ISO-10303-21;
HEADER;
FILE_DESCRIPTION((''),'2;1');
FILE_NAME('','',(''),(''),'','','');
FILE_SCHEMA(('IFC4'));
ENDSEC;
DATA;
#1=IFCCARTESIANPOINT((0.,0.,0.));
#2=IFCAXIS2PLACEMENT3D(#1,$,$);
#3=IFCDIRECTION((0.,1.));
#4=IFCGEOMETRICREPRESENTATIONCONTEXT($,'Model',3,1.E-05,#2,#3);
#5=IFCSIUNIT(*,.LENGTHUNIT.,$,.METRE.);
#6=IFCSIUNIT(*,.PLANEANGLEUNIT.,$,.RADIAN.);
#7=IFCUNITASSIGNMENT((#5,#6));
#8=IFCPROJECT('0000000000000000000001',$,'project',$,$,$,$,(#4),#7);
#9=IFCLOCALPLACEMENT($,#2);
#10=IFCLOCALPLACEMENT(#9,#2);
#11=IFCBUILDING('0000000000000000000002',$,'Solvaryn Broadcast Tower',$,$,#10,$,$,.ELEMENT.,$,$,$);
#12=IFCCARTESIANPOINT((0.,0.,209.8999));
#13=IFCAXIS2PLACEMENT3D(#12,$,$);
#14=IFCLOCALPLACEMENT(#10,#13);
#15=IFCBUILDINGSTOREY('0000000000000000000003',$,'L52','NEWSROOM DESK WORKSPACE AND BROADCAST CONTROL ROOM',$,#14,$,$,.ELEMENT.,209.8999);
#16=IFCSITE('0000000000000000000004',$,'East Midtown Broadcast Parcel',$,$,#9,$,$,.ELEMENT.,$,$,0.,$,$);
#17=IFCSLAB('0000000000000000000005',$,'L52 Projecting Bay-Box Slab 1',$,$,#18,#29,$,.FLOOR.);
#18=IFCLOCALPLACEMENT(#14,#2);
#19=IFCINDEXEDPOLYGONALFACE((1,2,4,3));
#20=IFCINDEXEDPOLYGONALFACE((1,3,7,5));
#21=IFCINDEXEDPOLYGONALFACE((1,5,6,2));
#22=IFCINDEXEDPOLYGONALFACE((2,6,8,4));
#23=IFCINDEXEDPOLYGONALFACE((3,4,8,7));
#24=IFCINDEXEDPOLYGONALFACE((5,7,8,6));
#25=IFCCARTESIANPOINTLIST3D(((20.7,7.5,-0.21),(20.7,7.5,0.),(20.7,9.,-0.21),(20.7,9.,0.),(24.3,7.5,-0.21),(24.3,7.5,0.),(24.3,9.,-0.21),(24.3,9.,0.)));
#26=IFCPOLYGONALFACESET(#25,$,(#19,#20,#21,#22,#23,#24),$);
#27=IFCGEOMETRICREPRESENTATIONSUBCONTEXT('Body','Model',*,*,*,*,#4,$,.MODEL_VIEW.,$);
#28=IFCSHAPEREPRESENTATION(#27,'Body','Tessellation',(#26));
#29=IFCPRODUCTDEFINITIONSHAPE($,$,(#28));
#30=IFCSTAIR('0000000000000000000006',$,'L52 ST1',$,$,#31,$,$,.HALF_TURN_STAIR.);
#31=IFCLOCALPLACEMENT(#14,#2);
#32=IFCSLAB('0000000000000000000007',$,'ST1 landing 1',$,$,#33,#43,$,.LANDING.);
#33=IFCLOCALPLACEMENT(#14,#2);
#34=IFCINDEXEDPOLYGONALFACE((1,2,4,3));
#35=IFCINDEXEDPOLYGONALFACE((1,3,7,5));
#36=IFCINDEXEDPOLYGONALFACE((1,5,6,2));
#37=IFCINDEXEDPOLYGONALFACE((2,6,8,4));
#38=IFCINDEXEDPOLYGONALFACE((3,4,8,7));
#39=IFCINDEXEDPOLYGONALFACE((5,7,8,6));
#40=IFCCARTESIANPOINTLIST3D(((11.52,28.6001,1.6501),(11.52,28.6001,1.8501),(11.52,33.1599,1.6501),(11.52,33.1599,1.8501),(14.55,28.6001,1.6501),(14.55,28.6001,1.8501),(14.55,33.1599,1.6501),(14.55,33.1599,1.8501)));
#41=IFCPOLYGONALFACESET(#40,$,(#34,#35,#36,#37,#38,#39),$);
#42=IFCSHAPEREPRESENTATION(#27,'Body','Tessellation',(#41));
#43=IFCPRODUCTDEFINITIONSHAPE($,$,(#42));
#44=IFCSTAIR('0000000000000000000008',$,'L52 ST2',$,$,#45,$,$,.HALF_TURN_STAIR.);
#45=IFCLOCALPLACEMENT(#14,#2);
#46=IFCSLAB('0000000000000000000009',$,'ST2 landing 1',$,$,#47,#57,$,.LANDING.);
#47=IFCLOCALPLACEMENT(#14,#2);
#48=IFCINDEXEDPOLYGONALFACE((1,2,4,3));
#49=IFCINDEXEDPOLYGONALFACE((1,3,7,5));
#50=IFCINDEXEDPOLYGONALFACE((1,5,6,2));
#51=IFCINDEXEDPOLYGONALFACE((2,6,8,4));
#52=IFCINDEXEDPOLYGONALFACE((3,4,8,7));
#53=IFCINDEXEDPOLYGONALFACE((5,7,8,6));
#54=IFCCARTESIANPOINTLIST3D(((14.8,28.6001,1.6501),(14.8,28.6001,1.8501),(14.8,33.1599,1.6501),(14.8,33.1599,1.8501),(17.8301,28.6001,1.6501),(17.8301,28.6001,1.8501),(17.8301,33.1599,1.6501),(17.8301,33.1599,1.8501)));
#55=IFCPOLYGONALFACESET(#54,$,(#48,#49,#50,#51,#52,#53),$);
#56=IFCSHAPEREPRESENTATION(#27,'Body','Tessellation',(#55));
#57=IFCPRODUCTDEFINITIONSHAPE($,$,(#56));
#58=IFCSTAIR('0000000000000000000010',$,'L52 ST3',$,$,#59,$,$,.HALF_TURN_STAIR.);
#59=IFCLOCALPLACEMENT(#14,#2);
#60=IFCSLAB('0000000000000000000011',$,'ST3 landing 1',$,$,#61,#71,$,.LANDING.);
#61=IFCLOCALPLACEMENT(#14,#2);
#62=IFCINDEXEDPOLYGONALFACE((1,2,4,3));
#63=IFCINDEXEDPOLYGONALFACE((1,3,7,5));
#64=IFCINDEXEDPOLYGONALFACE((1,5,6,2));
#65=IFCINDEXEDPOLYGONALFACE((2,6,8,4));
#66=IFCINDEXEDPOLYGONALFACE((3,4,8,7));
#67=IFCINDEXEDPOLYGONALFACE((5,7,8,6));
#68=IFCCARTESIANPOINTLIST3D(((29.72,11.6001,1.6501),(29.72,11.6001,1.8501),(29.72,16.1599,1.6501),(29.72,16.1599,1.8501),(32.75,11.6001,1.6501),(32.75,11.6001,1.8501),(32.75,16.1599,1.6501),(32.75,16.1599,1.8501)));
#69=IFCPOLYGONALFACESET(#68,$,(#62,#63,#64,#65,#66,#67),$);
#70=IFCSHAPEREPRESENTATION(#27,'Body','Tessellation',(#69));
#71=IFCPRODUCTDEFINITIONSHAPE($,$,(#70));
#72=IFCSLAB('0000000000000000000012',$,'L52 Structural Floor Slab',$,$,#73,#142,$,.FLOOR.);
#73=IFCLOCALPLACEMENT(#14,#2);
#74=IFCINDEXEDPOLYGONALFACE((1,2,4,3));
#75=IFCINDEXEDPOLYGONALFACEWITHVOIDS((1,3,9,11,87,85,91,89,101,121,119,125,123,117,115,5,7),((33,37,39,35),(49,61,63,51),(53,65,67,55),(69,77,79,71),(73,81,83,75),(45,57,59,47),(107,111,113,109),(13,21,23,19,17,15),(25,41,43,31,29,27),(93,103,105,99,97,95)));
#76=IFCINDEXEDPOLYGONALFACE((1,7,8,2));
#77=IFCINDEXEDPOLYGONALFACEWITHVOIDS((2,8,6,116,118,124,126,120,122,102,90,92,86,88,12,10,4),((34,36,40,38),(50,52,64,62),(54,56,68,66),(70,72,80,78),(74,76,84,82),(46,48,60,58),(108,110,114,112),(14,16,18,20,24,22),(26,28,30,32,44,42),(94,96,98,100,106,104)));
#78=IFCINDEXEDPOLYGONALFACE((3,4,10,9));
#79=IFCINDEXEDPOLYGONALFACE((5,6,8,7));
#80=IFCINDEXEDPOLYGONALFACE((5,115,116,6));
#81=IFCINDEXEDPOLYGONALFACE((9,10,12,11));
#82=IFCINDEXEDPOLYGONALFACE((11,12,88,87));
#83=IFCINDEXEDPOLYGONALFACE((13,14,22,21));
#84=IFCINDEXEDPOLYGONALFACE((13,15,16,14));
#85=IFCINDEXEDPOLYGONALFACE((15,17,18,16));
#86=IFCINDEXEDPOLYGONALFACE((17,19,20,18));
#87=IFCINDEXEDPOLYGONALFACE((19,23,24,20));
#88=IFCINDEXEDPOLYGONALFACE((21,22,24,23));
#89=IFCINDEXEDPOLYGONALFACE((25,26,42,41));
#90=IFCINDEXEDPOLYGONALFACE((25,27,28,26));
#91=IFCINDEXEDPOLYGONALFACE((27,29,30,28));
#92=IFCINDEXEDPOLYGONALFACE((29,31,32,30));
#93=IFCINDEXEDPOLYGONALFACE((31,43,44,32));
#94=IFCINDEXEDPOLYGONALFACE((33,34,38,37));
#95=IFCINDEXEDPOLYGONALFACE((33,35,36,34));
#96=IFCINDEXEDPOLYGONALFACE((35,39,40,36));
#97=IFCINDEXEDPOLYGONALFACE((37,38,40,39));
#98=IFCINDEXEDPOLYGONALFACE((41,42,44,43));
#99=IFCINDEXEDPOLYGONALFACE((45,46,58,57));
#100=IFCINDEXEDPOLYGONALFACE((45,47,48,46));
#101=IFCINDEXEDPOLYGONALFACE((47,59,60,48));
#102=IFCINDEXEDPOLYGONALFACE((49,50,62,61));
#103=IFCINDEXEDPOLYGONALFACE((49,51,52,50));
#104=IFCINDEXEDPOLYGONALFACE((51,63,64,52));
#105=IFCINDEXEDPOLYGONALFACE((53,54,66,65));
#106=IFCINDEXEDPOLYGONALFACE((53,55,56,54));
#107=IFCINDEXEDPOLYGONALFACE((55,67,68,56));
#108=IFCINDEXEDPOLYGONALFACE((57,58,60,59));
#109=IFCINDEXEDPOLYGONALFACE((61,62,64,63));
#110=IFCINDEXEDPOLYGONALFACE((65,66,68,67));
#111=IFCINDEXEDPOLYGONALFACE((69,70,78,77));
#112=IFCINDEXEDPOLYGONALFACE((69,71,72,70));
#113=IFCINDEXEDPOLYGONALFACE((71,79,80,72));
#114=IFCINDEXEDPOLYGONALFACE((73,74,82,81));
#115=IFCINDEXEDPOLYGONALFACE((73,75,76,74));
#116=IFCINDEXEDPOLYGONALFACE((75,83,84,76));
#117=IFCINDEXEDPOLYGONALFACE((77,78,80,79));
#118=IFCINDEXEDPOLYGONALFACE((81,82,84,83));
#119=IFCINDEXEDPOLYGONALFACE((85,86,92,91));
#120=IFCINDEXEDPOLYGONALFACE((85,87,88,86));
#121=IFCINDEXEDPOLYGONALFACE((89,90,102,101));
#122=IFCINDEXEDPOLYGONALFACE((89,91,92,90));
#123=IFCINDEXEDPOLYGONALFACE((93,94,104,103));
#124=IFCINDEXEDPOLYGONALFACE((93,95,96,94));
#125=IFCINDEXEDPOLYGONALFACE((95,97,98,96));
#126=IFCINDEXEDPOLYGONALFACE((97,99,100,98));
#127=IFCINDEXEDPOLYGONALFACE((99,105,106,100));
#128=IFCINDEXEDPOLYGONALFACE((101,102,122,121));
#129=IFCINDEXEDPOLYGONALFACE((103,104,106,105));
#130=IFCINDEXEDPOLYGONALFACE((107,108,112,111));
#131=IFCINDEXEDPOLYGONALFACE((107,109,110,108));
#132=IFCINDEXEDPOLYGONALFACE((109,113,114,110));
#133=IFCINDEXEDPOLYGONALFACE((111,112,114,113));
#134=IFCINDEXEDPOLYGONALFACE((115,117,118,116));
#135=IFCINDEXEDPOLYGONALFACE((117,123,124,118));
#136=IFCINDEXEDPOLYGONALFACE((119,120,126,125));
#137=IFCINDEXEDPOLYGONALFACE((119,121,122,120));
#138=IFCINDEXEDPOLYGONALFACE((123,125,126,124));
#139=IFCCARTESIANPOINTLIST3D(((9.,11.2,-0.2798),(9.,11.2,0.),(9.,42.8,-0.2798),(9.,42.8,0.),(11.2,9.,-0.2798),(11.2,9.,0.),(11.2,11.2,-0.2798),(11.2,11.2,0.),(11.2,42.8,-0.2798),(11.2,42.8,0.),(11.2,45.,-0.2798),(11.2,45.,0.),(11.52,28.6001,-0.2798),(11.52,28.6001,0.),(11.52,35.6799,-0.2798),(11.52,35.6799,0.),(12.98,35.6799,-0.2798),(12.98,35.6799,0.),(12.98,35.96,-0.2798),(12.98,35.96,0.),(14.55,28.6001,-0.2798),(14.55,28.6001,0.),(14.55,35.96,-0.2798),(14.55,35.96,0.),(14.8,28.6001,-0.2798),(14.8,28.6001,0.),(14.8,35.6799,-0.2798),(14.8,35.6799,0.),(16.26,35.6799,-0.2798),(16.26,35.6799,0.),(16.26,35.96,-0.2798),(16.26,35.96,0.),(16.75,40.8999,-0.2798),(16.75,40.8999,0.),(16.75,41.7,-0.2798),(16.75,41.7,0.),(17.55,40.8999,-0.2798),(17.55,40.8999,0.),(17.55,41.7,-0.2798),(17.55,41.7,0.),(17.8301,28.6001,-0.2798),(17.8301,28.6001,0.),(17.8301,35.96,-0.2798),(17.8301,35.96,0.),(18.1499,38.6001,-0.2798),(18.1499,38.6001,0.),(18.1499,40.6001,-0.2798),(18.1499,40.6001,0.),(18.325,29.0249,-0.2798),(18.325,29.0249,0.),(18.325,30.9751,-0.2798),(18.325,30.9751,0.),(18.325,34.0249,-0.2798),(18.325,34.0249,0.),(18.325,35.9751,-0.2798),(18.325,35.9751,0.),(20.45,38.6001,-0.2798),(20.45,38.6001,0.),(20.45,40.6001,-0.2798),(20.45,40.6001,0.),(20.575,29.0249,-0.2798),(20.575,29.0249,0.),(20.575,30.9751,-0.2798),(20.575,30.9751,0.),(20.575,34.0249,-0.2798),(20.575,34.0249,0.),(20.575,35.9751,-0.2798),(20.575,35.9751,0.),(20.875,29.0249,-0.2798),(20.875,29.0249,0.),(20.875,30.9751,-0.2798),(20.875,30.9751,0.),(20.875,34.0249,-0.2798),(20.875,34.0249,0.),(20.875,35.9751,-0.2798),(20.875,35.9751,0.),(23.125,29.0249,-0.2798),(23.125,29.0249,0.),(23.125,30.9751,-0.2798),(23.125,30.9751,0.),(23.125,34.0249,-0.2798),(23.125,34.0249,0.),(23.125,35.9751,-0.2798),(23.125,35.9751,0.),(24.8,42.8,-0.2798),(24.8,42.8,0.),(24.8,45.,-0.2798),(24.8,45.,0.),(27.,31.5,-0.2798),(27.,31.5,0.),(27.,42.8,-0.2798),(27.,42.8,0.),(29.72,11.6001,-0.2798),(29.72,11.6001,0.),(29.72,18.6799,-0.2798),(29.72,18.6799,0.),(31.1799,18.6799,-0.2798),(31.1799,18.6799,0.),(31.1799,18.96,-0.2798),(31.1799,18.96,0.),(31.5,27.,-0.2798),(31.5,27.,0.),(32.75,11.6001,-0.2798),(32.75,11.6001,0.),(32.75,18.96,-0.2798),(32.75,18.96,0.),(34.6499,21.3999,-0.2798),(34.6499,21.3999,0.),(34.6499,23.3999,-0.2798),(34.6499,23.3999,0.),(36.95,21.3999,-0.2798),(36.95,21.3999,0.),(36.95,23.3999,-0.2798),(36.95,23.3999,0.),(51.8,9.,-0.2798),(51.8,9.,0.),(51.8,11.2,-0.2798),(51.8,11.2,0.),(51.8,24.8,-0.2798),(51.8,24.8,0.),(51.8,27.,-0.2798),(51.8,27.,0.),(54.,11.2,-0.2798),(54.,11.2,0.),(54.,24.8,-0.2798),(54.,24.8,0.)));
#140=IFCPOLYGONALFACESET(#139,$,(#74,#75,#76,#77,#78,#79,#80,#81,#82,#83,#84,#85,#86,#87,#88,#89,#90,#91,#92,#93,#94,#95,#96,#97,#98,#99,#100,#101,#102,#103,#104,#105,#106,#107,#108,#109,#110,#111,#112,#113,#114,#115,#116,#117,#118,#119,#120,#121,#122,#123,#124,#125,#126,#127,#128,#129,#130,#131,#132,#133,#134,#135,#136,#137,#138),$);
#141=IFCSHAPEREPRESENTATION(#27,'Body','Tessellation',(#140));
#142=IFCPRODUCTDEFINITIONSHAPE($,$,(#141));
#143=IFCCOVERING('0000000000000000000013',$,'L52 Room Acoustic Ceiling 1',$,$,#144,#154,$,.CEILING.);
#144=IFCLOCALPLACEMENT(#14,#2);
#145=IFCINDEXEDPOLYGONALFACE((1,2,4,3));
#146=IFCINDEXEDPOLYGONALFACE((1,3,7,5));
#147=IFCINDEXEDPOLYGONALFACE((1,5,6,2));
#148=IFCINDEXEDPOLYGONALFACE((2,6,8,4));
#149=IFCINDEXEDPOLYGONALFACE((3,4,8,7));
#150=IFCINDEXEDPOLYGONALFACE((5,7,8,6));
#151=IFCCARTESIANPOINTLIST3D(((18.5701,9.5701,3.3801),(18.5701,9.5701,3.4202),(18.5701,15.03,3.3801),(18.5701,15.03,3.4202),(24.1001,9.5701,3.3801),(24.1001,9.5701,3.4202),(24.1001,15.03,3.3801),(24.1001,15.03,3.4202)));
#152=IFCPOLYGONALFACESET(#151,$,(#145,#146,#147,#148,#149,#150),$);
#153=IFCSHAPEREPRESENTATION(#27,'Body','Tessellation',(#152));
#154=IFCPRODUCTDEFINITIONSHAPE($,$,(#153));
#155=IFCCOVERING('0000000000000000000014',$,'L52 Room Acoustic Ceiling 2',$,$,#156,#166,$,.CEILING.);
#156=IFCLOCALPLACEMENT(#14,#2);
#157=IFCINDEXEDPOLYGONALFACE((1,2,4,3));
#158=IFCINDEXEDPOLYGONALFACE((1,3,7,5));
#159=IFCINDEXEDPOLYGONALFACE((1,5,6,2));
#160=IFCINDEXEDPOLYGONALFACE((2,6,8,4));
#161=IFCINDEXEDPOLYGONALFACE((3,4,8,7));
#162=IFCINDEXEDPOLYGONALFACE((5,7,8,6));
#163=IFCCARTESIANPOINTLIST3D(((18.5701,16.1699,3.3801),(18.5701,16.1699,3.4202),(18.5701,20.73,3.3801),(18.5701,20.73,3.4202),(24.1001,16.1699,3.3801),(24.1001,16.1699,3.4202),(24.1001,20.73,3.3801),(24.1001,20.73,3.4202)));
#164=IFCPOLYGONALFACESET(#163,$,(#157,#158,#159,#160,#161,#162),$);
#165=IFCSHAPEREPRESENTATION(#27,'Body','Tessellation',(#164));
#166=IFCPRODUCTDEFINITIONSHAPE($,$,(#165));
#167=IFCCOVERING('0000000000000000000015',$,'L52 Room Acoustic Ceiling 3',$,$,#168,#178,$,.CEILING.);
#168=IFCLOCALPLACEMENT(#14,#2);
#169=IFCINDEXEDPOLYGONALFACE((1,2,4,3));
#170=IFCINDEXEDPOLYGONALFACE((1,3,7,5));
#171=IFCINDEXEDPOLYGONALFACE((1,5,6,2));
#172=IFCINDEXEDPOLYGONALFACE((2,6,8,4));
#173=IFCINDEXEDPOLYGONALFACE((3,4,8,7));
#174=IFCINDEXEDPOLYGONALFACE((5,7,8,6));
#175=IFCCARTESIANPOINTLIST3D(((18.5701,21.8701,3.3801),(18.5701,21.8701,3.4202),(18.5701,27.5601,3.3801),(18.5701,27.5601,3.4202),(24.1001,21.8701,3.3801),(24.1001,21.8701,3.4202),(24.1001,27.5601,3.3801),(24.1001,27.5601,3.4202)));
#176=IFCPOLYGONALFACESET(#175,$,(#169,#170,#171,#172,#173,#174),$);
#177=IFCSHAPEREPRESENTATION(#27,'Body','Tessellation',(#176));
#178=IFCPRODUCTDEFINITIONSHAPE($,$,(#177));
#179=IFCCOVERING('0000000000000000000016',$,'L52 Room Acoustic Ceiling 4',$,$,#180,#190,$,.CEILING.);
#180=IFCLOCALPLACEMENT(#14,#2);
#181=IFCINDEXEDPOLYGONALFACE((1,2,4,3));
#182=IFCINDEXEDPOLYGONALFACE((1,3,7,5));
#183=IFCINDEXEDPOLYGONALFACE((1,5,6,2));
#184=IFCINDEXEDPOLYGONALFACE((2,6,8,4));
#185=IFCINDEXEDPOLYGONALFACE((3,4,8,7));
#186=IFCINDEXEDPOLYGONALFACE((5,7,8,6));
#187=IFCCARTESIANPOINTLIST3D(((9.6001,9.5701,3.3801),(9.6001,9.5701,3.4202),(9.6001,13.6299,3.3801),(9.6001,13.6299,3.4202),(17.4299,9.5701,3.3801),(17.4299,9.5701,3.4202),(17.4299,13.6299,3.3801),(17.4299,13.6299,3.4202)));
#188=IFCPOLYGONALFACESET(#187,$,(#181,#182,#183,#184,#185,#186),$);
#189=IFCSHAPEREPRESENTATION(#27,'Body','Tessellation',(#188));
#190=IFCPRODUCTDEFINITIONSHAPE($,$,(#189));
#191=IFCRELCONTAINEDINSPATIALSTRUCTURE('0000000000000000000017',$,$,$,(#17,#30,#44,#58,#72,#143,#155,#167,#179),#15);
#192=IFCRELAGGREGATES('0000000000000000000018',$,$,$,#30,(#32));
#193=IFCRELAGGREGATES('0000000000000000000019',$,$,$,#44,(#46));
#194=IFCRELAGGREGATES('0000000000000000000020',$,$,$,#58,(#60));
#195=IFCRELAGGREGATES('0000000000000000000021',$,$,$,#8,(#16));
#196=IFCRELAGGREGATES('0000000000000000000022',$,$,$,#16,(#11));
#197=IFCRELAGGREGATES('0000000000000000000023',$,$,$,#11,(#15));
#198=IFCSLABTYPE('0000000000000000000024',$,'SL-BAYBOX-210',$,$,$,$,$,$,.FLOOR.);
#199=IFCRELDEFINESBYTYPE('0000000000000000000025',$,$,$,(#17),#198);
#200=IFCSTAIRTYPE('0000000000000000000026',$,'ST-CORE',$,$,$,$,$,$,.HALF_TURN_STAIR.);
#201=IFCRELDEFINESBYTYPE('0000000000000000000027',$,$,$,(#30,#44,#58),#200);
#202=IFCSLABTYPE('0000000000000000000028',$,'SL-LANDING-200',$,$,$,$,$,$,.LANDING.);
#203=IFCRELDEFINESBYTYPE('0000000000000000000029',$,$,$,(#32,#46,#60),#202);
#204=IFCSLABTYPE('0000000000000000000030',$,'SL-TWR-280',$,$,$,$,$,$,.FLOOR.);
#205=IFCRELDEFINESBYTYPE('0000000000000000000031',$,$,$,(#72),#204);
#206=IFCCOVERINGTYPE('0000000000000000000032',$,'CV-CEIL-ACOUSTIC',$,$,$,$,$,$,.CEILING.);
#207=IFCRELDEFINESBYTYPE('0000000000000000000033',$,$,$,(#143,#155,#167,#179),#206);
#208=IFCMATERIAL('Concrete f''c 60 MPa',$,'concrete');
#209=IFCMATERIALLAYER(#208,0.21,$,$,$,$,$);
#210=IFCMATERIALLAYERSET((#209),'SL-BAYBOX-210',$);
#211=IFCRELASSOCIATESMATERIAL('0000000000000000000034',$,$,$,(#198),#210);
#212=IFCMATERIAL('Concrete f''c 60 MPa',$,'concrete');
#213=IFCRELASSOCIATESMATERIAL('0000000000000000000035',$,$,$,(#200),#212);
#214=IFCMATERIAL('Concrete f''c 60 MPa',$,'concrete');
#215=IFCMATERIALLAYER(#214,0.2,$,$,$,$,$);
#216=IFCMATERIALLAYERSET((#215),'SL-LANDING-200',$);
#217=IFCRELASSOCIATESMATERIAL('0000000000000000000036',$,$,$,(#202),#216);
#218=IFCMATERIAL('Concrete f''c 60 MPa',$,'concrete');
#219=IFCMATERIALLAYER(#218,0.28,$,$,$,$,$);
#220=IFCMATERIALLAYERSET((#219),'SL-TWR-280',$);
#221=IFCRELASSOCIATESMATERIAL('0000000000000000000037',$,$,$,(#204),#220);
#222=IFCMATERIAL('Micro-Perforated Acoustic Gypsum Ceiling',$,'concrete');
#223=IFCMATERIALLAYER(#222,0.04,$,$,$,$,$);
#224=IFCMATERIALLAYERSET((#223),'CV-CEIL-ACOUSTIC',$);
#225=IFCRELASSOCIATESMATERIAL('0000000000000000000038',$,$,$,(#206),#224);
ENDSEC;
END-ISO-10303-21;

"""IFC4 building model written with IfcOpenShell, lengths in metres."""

from ifc_helpers import new_model, si_unit, direction, frame, origin, place, context, subcontext, project, spatial, polyline, outline, extrude, material, layer, layer_set, type_object, element, aggregate, save


model = new_model("IFC4")

# Units and contexts
model_context = context("Model", 3, precision=1e-05, world=origin(), true_north=direction((0.0, 1.0)))
body_context = subcontext(model_context, "Body", "Model", "MODEL_VIEW")
ifc_project = project(units=[si_unit("LENGTHUNIT", "METRE"), si_unit("PLANEANGLEUNIT", "RADIAN")], contexts=[model_context])

# Site, building, storey
site_placement = place(None, origin())
site = spatial("IfcSite", under=ifc_project, at=site_placement, Name="East Midtown Broadcast Parcel", CompositionType="ELEMENT", RefElevation=0.0)
building_placement = place(site_placement, origin())
building = spatial("IfcBuilding", under=site, at=building_placement, Name="Solvaryn Broadcast Tower", CompositionType="ELEMENT")
storey_placement = place(building_placement, frame((0.0, 0.0, 209.8999)))
storey = spatial("IfcBuildingStorey", under=building, at=storey_placement, Name="L52", Description="NEWSROOM DESK WORKSPACE AND BROADCAST CONTROL ROOM", CompositionType="ELEMENT", Elevation=209.8999)

# Slab
ifc_material_1 = material(Name="Concrete f'c 60 MPa", Category="concrete")
ifc_layer_1 = layer(ifc_material_1, 0.21)
ifc_layer_set_1 = layer_set([ifc_layer_1], Name="SL-BAYBOX-210")
slab_type_1 = type_object("IfcSlabType", Name="SL-BAYBOX-210", PredefinedType="FLOOR", material=ifc_layer_set_1)
slab_1_placement = place(storey_placement, frame((0.0, 0.0, -0.21)))
element("IfcSlab", 1, at=slab_1_placement, inside=storey, type_object=slab_type_1, Name="L52 Projecting Bay-Box Slab 1", PredefinedType="FLOOR", context=body_context, shape_type="SweptSolid", body=[
    extrude(outline(polyline([(20.7, 7.5), (24.3, 7.5), (24.3, 9.0), (20.7, 9.0), (20.7, 7.5)])), origin(), (0.0, 0.0, 1.0), 0.21),
])

# Stairs, slabs
ifc_material_2 = material(Name="Concrete f'c 60 MPa", Category="concrete")
stair_type = type_object("IfcStairType", Name="ST-CORE", PredefinedType="HALF_TURN_STAIR", material=ifc_material_2)
stair_1_placement = place(storey_placement, origin())
stair_1 = element("IfcStair", 2, at=stair_1_placement, inside=storey, type_object=stair_type, Name="L52 ST1", PredefinedType="HALF_TURN_STAIR")
ifc_material_3 = material(Name="Concrete f'c 60 MPa", Category="concrete")
ifc_layer_2 = layer(ifc_material_3, 0.2)
ifc_layer_set_2 = layer_set([ifc_layer_2], Name="SL-LANDING-200")
slab_type_2 = type_object("IfcSlabType", Name="SL-LANDING-200", PredefinedType="LANDING", material=ifc_layer_set_2)
slab_2_placement = place(storey_placement, frame((0.0, 0.0, 1.6501)))
slab_2 = element("IfcSlab", 3, at=slab_2_placement, type_object=slab_type_2, Name="ST1 landing 1", PredefinedType="LANDING", context=body_context, shape_type="SweptSolid", body=[
    extrude(outline(polyline([(11.52, 33.1599), (11.52, 28.6001), (14.55, 28.6001), (14.55, 33.1599), (11.52, 33.1599)])), origin(), (0.0, 0.0, 1.0), 0.2),
])
aggregate(stair_1, [slab_2])
stair_2_placement = place(storey_placement, origin())
stair_2 = element("IfcStair", 4, at=stair_2_placement, inside=storey, type_object=stair_type, Name="L52 ST2", PredefinedType="HALF_TURN_STAIR")
slab_3_placement = place(storey_placement, frame((0.0, 0.0, 1.6501)))
slab_3 = element("IfcSlab", 5, at=slab_3_placement, type_object=slab_type_2, Name="ST2 landing 1", PredefinedType="LANDING", context=body_context, shape_type="SweptSolid", body=[
    extrude(outline(polyline([(14.8, 33.1599), (14.8, 28.6001), (17.8301, 28.6001), (17.8301, 33.1599), (14.8, 33.1599)])), origin(), (0.0, 0.0, 1.0), 0.2),
])
aggregate(stair_2, [slab_3])
stair_3_placement = place(storey_placement, origin())
stair_3 = element("IfcStair", 6, at=stair_3_placement, inside=storey, type_object=stair_type, Name="L52 ST3", PredefinedType="HALF_TURN_STAIR")
slab_4_placement = place(storey_placement, frame((0.0, 0.0, 1.6501)))
slab_4 = element("IfcSlab", 7, at=slab_4_placement, type_object=slab_type_2, Name="ST3 landing 1", PredefinedType="LANDING", context=body_context, shape_type="SweptSolid", body=[
    extrude(outline(polyline([(29.72, 16.1599), (29.72, 11.6001), (32.75, 11.6001), (32.75, 16.1599), (29.72, 16.1599)])), origin(), (0.0, 0.0, 1.0), 0.2),
])
aggregate(stair_3, [slab_4])

# Slab
ifc_material_4 = material(Name="Concrete f'c 60 MPa", Category="concrete")
ifc_layer_3 = layer(ifc_material_4, 0.28)
ifc_layer_set_3 = layer_set([ifc_layer_3], Name="SL-TWR-280")
slab_type_3 = type_object("IfcSlabType", Name="SL-TWR-280", PredefinedType="FLOOR", material=ifc_layer_set_3)
slab_5_placement = place(storey_placement, frame((0.0, 0.0, -0.2798)))
element("IfcSlab", 8, at=slab_5_placement, inside=storey, type_object=slab_type_3, Name="L52 Structural Floor Slab", PredefinedType="FLOOR", context=body_context, shape_type="SweptSolid", body=[
    extrude(outline(polyline([(11.2, 9.0), (51.8, 9.0), (51.8, 11.2), (54.0, 11.2), (54.0, 24.8), (51.8, 24.8), (51.8, 27.0), (31.5, 27.0), (27.0, 31.5), (27.0, 42.8), (24.8, 42.8), (24.8, 45.0), (11.2, 45.0), (11.2, 42.8), (9.0, 42.8), (9.0, 11.2), (11.2, 11.2), (11.2, 9.0)]), holes=[polyline([(11.52, 28.6001), (14.55, 28.6001), (14.55, 35.96), (12.98, 35.96), (12.98, 35.6799), (11.52, 35.6799), (11.52, 28.6001)]), polyline([(14.8, 28.6001), (17.8301, 28.6001), (17.8301, 35.96), (16.26, 35.96), (16.26, 35.6799), (14.8, 35.6799), (14.8, 28.6001)]), polyline([(29.72, 11.6001), (32.75, 11.6001), (32.75, 18.96), (31.1799, 18.96), (31.1799, 18.6799), (29.72, 18.6799), (29.72, 11.6001)]), polyline([(18.1499, 38.6001), (20.45, 38.6001), (20.45, 40.6001), (18.1499, 40.6001), (18.1499, 38.6001)]), polyline([(18.325, 29.0249), (20.575, 29.0249), (20.575, 30.9751), (18.325, 30.9751), (18.325, 29.0249)]), polyline([(20.875, 29.0249), (23.125, 29.0249), (23.125, 30.9751), (20.875, 30.9751), (20.875, 29.0249)]), polyline([(18.325, 34.0249), (20.575, 34.0249), (20.575, 35.9751), (18.325, 35.9751), (18.325, 34.0249)]), polyline([(20.875, 34.0249), (23.125, 34.0249), (23.125, 35.9751), (20.875, 35.9751), (20.875, 34.0249)]), polyline([(34.6499, 21.3999), (36.95, 21.3999), (36.95, 23.3999), (34.6499, 23.3999), (34.6499, 21.3999)]), polyline([(16.75, 40.8999), (17.55, 40.8999), (17.55, 41.7), (16.75, 41.7), (16.75, 40.8999)])]), origin(), (0.0, 0.0, 1.0), 0.2798),
])

# Coverings
ifc_material_5 = material(Name="Micro-Perforated Acoustic Gypsum Ceiling", Category="concrete")
ifc_layer_4 = layer(ifc_material_5, 0.04)
ifc_layer_set_4 = layer_set([ifc_layer_4], Name="CV-CEIL-ACOUSTIC")
covering_type_1 = type_object("IfcCoveringType", Name="CV-CEIL-ACOUSTIC", PredefinedType="CEILING", material=ifc_layer_set_4)
covering_1_placement = place(storey_placement, frame((0.0, 0.0, 3.3801)))
element("IfcCovering", 9, at=covering_1_placement, inside=storey, type_object=covering_type_1, Name="L52 Room Acoustic Ceiling 1", PredefinedType="CEILING", context=body_context, shape_type="SweptSolid", body=[
    extrude(outline(polyline([(18.5701, 9.5701), (24.1001, 9.5701), (24.1001, 15.03), (18.5701, 15.03), (18.5701, 9.5701)])), origin(), (0.0, 0.0, 1.0), 0.04),
])
covering_2_placement = place(storey_placement, frame((0.0, 0.0, 3.3801)))
element("IfcCovering", 10, at=covering_2_placement, inside=storey, type_object=covering_type_1, Name="L52 Room Acoustic Ceiling 2", PredefinedType="CEILING", context=body_context, shape_type="SweptSolid", body=[
    extrude(outline(polyline([(18.5701, 16.1699), (24.1001, 16.1699), (24.1001, 20.73), (18.5701, 20.73), (18.5701, 16.1699)])), origin(), (0.0, 0.0, 1.0), 0.04),
])
covering_3_placement = place(storey_placement, frame((0.0, 0.0, 3.3801)))
element("IfcCovering", 11, at=covering_3_placement, inside=storey, type_object=covering_type_1, Name="L52 Room Acoustic Ceiling 3", PredefinedType="CEILING", context=body_context, shape_type="SweptSolid", body=[
    extrude(outline(polyline([(18.5701, 21.8701), (24.1001, 21.8701), (24.1001, 27.5601), (18.5701, 27.5601), (18.5701, 21.8701)])), origin(), (0.0, 0.0, 1.0), 0.04),
])
covering_4_placement = place(storey_placement, frame((0.0, 0.0, 3.3801)))
element("IfcCovering", 12, at=covering_4_placement, inside=storey, type_object=covering_type_1, Name="L52 Room Acoustic Ceiling 4", PredefinedType="CEILING", context=body_context, shape_type="SweptSolid", body=[
    extrude(outline(polyline([(9.6001, 9.5701), (17.4299, 9.5701), (17.4299, 13.6299), (9.6001, 13.6299), (9.6001, 9.5701)])), origin(), (0.0, 0.0, 1.0), 0.04),
])

save(model, "model.ifc")
